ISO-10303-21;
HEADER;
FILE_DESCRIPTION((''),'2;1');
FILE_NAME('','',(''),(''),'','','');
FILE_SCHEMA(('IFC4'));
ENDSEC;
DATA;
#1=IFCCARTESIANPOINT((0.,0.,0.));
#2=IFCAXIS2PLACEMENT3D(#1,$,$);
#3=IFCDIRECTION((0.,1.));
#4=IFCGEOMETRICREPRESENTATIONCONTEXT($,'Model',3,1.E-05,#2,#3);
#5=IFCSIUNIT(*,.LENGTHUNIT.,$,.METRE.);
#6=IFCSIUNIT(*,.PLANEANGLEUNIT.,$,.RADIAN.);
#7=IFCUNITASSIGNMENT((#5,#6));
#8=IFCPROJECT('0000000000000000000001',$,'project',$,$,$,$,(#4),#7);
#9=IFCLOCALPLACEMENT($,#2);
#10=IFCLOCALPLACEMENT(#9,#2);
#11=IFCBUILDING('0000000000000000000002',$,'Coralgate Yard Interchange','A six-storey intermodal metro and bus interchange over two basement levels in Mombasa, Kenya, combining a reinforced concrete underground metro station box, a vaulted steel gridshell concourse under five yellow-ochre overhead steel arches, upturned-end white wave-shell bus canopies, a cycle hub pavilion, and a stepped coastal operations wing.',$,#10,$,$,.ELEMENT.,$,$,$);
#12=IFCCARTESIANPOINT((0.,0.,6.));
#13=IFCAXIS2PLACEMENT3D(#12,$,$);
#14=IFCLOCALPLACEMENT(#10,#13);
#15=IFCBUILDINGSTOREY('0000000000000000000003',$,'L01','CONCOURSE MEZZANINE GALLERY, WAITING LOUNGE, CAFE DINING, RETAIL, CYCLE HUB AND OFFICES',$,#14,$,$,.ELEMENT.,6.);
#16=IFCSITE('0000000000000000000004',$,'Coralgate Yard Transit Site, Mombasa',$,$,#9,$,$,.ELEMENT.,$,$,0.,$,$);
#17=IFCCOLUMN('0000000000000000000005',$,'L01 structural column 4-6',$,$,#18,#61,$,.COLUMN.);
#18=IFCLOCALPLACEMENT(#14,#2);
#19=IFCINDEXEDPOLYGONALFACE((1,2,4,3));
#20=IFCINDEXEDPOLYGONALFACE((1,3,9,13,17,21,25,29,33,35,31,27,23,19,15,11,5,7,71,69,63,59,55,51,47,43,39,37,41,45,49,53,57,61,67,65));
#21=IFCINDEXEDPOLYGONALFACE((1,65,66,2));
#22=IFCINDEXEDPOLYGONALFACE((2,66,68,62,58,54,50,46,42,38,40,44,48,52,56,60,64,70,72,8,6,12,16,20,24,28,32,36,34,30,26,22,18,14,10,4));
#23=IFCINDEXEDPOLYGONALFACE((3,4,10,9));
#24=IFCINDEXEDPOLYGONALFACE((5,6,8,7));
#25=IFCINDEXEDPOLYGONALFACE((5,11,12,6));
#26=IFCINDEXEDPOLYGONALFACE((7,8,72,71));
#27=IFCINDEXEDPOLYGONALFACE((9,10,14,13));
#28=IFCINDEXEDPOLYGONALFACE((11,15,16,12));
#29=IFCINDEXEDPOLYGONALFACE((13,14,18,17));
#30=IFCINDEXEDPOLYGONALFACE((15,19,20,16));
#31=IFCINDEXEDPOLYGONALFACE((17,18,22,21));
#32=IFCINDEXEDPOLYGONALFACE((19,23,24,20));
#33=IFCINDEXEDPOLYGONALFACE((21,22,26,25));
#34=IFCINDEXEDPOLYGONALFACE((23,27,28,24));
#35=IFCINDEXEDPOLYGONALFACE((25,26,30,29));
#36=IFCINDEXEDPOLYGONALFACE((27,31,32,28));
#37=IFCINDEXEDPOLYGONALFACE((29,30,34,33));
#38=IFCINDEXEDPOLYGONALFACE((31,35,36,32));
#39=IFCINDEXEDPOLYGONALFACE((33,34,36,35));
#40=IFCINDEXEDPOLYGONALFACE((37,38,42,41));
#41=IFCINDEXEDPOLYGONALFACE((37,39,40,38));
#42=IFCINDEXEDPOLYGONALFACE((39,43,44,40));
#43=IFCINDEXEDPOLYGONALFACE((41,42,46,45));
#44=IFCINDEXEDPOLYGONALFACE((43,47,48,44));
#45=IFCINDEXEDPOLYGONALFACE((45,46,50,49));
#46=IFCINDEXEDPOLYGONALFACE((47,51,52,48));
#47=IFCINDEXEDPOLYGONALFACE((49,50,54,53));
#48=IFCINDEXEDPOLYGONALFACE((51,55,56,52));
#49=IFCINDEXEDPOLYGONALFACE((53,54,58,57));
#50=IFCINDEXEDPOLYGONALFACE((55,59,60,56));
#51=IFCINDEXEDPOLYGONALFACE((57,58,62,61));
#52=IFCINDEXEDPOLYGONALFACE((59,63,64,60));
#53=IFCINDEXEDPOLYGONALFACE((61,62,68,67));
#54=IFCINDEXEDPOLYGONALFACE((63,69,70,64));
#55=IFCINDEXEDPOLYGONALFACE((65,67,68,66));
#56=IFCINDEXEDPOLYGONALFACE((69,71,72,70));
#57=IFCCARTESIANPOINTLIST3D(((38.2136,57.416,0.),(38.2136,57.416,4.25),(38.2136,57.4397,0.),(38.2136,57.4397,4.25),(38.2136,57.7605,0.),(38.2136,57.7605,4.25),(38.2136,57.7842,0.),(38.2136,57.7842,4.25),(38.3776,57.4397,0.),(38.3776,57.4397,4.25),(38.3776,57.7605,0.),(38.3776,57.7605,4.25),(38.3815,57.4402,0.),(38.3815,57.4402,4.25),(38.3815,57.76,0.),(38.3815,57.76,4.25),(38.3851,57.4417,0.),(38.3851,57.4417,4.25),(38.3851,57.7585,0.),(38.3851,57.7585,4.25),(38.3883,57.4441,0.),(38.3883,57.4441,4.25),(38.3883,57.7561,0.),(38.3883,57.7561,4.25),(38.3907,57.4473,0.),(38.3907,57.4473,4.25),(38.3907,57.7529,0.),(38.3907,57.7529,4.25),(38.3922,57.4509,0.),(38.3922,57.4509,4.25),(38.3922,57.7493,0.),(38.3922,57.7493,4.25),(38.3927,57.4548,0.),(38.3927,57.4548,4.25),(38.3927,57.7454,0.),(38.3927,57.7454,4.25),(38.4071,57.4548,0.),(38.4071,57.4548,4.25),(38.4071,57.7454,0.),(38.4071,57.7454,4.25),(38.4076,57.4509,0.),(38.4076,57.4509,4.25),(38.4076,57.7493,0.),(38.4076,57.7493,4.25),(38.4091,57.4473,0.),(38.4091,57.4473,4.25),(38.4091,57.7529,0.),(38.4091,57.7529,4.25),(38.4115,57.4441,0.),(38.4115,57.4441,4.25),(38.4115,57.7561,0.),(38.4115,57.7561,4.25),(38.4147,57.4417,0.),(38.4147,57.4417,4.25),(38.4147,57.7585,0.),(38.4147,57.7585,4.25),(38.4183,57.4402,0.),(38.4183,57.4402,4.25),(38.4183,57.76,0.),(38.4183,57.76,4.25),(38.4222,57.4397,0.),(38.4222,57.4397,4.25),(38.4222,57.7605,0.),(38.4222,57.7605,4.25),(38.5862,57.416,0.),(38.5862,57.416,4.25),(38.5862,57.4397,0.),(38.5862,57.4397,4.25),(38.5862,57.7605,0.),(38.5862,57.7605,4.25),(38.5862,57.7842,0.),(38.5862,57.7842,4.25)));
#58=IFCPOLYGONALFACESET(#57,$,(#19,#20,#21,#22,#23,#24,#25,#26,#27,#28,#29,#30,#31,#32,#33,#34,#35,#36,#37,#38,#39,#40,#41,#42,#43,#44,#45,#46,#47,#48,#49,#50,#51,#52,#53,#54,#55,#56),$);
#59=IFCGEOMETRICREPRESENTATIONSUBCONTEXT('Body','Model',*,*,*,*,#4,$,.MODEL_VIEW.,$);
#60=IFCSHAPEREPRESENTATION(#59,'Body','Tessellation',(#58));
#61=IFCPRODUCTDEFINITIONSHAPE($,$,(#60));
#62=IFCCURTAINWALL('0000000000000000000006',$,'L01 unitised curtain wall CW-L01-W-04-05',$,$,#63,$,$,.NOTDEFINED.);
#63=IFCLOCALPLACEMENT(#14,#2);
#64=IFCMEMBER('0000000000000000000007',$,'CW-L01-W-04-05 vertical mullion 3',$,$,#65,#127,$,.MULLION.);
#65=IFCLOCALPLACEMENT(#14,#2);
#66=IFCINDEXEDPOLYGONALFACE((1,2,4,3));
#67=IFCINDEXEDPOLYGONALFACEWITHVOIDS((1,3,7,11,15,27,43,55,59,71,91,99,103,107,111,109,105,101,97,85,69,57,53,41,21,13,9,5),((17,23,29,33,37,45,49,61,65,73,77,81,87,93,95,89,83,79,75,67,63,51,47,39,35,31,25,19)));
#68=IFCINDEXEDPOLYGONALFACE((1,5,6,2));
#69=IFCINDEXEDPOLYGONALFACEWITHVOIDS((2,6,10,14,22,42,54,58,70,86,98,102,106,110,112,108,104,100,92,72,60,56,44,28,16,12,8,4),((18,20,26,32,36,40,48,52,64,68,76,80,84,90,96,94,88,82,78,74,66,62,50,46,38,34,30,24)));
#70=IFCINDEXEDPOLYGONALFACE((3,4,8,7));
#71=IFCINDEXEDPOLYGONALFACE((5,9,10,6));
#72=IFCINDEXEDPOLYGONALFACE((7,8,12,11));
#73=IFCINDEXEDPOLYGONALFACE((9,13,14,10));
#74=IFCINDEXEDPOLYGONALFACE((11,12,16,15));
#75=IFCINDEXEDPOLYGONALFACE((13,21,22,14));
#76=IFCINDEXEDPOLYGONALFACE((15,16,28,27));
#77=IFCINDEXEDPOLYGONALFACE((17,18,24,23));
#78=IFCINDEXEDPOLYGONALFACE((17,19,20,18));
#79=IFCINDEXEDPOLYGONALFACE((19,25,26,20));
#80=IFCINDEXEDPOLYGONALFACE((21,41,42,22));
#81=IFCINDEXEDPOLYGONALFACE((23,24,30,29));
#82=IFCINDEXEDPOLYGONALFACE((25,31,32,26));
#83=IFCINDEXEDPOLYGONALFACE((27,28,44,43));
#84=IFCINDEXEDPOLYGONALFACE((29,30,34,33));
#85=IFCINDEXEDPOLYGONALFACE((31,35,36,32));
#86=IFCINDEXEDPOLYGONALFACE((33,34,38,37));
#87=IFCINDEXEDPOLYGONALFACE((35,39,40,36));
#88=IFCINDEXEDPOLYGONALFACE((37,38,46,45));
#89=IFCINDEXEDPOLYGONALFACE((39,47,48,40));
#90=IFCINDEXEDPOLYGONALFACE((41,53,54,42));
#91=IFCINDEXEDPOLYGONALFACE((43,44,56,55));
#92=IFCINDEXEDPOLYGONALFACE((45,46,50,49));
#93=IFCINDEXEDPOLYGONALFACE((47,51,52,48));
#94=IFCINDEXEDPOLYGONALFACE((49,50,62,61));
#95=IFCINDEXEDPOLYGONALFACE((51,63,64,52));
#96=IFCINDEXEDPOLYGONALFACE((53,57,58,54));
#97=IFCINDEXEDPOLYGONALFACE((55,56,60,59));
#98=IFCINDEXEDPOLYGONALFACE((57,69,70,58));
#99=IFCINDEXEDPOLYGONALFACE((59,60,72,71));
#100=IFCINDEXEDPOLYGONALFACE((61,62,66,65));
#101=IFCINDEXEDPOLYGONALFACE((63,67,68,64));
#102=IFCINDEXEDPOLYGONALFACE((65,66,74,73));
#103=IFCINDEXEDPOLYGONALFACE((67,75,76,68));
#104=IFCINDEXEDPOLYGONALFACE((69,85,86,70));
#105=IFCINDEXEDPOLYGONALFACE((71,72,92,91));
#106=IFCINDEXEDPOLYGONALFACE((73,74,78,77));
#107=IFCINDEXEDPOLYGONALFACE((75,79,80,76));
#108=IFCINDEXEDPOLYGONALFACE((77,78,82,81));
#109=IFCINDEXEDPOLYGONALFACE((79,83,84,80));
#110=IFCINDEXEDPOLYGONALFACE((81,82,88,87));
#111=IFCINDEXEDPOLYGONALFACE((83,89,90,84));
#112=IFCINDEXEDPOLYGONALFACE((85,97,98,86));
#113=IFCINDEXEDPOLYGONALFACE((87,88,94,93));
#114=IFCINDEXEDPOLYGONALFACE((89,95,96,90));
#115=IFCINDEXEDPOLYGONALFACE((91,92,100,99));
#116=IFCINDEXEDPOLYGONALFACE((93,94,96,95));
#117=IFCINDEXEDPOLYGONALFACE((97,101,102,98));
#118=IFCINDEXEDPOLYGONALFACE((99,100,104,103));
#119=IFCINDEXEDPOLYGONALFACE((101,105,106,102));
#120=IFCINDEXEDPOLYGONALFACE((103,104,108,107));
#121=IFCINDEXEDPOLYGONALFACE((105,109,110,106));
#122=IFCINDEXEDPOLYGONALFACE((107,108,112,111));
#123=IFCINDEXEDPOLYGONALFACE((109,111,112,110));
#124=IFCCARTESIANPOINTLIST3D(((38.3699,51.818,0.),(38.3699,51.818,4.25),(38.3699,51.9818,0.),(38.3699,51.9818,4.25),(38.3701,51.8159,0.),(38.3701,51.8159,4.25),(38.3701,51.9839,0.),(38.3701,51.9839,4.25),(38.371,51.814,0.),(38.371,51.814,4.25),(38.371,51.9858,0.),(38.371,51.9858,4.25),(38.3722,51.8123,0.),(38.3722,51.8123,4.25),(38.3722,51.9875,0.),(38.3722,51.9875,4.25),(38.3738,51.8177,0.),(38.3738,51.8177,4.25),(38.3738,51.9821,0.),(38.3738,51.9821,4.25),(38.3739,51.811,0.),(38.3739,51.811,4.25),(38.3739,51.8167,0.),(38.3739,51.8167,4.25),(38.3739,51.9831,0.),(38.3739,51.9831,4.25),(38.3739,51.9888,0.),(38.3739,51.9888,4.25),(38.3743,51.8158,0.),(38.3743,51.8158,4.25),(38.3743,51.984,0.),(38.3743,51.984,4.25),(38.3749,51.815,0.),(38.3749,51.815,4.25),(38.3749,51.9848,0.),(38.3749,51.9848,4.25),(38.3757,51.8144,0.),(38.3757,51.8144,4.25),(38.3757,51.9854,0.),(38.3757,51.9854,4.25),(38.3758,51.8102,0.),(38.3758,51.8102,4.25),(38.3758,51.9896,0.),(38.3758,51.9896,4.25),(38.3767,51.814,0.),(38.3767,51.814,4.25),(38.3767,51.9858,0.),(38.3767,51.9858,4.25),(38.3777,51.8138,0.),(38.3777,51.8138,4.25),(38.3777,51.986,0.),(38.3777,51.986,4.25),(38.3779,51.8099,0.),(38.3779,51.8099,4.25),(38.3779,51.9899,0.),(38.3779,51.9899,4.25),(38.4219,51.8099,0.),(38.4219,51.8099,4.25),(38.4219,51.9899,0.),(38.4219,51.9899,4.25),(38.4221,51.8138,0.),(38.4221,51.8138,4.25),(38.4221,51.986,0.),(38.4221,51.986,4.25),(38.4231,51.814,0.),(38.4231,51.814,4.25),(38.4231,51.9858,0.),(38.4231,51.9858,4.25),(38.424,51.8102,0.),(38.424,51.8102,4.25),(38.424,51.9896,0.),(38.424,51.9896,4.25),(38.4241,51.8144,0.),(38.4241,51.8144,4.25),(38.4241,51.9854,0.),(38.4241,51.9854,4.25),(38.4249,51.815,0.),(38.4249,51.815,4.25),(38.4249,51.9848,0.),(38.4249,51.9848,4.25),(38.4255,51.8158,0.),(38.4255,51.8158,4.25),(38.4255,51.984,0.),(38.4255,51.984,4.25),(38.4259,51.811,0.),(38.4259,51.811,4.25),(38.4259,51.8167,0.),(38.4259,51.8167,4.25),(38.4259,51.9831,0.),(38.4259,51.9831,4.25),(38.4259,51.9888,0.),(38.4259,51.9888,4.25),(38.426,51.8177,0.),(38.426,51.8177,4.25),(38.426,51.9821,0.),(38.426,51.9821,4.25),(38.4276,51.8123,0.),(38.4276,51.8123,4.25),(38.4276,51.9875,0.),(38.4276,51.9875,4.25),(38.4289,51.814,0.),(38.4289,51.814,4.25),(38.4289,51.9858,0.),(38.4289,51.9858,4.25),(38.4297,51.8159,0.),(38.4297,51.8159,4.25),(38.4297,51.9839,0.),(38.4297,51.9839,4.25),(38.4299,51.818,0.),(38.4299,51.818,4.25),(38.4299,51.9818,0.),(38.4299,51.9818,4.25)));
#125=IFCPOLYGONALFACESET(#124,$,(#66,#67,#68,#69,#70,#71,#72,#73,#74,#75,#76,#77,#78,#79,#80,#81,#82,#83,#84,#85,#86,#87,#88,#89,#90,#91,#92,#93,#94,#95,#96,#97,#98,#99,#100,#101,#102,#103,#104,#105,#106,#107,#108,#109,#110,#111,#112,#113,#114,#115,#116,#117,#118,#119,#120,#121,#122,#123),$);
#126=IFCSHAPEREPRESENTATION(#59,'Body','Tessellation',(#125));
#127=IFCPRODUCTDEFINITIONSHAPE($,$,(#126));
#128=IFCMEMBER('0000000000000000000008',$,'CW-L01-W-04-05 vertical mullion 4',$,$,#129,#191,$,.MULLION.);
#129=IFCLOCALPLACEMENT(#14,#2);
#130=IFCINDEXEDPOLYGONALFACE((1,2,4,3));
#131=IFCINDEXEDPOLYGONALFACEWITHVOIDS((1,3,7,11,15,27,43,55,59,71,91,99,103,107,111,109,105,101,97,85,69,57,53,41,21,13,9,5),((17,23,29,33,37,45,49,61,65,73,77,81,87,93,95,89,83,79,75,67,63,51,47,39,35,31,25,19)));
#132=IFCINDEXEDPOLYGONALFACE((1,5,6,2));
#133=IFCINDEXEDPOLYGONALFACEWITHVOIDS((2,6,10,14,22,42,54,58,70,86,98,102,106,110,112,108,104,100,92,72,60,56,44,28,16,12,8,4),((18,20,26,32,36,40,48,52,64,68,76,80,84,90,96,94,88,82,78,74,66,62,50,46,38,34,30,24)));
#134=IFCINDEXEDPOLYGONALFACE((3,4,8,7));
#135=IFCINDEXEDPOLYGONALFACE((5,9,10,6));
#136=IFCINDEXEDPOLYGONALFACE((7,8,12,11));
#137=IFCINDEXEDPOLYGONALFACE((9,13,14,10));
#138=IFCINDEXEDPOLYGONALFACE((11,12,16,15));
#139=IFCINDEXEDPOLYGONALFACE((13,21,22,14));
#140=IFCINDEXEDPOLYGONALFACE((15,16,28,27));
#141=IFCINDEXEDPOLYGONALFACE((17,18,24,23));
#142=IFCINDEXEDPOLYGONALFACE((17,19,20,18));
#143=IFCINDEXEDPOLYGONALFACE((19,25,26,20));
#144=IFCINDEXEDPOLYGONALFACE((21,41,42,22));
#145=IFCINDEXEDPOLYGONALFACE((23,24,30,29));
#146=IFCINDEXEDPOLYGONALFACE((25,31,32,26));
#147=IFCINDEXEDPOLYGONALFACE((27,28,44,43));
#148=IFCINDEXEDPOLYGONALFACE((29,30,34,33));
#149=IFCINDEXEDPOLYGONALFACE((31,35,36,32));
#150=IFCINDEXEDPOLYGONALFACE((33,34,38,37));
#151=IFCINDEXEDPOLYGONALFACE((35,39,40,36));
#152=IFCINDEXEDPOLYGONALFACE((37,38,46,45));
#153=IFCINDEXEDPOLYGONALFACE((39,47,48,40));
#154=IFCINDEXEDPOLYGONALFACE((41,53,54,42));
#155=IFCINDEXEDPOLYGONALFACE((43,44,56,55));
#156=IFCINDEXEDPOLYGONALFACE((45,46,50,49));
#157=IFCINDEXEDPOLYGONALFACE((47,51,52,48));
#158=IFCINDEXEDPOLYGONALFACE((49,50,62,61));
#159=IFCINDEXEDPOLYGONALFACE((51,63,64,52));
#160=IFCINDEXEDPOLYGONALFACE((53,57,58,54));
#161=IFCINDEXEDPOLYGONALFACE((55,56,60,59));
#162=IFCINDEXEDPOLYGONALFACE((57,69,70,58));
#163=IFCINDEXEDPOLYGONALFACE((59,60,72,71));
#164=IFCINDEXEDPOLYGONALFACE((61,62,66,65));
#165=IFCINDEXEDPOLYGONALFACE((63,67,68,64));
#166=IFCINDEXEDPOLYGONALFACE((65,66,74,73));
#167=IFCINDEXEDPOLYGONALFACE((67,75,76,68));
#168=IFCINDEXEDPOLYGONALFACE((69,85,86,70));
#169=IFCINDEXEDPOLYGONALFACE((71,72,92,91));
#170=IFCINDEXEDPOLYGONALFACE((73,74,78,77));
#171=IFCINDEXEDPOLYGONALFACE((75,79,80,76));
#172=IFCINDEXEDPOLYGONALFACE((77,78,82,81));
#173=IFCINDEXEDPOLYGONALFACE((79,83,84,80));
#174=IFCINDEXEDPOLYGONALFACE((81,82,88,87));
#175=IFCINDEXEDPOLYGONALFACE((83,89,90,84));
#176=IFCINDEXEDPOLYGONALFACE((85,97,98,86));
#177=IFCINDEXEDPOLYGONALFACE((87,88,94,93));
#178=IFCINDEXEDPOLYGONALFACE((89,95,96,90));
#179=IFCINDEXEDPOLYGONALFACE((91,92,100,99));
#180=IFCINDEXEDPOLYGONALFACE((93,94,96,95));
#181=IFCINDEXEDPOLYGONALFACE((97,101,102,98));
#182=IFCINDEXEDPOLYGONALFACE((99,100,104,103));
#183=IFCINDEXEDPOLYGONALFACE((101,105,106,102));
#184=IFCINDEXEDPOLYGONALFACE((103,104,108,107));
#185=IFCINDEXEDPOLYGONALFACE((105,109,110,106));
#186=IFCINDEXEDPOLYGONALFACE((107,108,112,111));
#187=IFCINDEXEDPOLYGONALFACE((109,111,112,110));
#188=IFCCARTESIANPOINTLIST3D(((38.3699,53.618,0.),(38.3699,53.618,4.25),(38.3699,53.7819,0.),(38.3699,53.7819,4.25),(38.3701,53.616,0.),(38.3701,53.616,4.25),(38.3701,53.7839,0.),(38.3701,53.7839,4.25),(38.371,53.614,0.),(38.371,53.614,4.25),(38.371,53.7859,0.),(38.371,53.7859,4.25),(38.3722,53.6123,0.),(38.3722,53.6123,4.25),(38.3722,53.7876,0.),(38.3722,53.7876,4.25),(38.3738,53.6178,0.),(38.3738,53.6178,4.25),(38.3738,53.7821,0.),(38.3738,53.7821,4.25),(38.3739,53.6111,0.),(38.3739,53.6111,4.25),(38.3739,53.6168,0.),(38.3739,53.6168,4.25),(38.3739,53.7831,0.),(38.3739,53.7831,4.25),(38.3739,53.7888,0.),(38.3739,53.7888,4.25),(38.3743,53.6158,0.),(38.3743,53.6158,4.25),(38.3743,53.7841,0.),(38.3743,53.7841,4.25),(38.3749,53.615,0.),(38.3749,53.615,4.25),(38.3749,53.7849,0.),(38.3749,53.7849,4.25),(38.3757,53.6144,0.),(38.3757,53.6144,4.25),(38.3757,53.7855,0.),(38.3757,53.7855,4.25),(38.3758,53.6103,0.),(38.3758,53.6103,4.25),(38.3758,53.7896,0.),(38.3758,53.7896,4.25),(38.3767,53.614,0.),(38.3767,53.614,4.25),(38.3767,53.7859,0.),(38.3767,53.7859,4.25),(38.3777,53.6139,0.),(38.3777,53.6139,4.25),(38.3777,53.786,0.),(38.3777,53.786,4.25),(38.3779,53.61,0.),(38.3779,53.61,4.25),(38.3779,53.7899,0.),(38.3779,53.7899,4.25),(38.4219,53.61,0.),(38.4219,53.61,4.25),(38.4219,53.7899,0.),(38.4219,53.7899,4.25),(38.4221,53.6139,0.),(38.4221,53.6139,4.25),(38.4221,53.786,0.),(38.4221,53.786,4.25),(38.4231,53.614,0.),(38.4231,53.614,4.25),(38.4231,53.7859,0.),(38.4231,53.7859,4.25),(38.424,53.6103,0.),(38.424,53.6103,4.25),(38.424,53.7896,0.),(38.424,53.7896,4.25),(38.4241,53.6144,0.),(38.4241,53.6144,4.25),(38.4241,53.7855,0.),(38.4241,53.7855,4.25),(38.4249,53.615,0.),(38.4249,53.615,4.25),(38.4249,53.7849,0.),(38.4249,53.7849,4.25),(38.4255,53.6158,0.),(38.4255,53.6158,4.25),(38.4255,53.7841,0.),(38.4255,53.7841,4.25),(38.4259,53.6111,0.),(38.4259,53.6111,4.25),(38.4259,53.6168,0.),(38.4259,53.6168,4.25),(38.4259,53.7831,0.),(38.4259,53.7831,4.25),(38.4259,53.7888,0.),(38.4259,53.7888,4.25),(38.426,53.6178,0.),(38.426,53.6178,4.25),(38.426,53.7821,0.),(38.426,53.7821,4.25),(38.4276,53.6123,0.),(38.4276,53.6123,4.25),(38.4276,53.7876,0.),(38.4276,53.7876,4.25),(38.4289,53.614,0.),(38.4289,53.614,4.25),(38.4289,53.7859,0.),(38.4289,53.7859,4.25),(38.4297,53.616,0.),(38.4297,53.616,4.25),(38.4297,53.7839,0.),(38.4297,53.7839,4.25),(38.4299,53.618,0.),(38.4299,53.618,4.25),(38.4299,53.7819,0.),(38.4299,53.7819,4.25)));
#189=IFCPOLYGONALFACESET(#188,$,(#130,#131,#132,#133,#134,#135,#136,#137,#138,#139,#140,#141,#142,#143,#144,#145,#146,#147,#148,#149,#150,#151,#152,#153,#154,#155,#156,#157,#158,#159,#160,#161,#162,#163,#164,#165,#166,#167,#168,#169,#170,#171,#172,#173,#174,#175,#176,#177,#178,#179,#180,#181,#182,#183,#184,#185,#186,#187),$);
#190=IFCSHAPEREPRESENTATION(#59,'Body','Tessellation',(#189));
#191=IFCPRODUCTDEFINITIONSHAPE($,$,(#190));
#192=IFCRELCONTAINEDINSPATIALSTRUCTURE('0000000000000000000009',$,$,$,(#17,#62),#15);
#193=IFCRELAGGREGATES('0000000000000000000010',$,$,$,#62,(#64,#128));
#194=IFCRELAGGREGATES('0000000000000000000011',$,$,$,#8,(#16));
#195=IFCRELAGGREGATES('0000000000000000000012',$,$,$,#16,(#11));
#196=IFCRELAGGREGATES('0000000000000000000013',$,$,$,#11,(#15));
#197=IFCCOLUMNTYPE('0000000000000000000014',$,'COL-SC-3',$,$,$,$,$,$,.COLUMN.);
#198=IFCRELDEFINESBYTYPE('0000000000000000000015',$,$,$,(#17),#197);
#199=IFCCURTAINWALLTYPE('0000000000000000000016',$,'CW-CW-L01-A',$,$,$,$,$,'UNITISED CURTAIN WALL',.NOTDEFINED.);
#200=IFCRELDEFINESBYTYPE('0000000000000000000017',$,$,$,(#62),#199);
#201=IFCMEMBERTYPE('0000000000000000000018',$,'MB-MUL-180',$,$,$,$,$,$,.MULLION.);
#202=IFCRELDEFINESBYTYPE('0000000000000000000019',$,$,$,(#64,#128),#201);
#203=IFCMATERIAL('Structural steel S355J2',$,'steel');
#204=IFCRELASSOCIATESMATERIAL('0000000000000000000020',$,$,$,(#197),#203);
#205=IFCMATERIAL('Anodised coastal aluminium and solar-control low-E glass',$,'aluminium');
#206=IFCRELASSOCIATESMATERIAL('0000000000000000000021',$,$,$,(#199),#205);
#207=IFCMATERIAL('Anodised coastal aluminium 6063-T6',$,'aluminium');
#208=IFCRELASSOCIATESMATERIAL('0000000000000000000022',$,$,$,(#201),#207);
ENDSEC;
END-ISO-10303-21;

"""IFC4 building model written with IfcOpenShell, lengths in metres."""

from ifc_helpers import new_model, si_unit, direction, frame, origin, origin_2d, place, context, subcontext, project, spatial, hollow_rectangle, i_section, extrude, material, material_profile, profile_set, type_object, element, aggregate, save


model = new_model("IFC4")

# Units and contexts
model_context = context("Model", 3, precision=1e-05, world=origin(), true_north=direction((0.0, 1.0)))
body_context = subcontext(model_context, "Body", "Model", "MODEL_VIEW")
ifc_project = project(units=[si_unit("LENGTHUNIT", "METRE"), si_unit("PLANEANGLEUNIT", "RADIAN")], contexts=[model_context])

# Site, building, storey
site_placement = place(None, origin())
site = spatial("IfcSite", under=ifc_project, at=site_placement, Name="Coralgate Yard Transit Site, Mombasa", CompositionType="ELEMENT", RefElevation=0.0)
building_placement = place(site_placement, origin())
building = spatial("IfcBuilding", under=site, at=building_placement, Name="Coralgate Yard Interchange", Description="A six-storey intermodal metro and bus interchange over two basement levels in Mombasa, Kenya, combining a reinforced concrete underground metro station box, a vaulted steel gridshell concourse under five yellow-ochre overhead steel arches, upturned-end white wave-shell bus canopies, a cycle hub pavilion, and a stepped coastal operations wing.", CompositionType="ELEMENT")
storey_placement = place(building_placement, frame((0.0, 0.0, 6.0)))
storey = spatial("IfcBuildingStorey", under=building, at=storey_placement, Name="L01", Description="CONCOURSE MEZZANINE GALLERY, WAITING LOUNGE, CAFE DINING, RETAIL, CYCLE HUB AND OFFICES", CompositionType="ELEMENT", Elevation=6.0)

# Column
ifc_material_1 = material(Name="Structural steel S355J2", Category="steel")
ifc_material_profile_1 = material_profile(ifc_material_1, i_section(OverallWidth=0.3726, OverallDepth=0.3682, WebThickness=0.0144, FlangeThickness=0.0237, FilletRadius=0.0151, at=origin_2d()), Name="UC 356x368x177")
ifc_profile_set_1 = profile_set([ifc_material_profile_1], Name="Structural steel S355J2")
column_type = type_object("IfcColumnType", Name="COL-SC-3", PredefinedType="COLUMN", material=ifc_profile_set_1)
column_placement = place(storey_placement, frame((38.3999, 57.6001, 0.0), z_axis=(0.0, 0.0, 1.0), x_axis=(1.0, 0.0, 0.0)))
element("IfcColumn", 1, at=column_placement, inside=storey, type_object=column_type, Name="L01 structural column 4-6", PredefinedType="COLUMN", context=body_context, shape_type="SweptSolid", body=[
    extrude(i_section(OverallWidth=0.3726, OverallDepth=0.3682, WebThickness=0.0144, FlangeThickness=0.0237, FilletRadius=0.0151, at=origin_2d()), origin(), (0.0, 0.0, 1.0), 4.25),
])

# Curtain wall, members
ifc_material_2 = material(Name="Anodised coastal aluminium and solar-control low-E glass", Category="aluminium")
curtain_wall_type_1 = type_object("IfcCurtainWallType", Name="CW-CW-L01-A", ElementType="UNITISED CURTAIN WALL", PredefinedType="NOTDEFINED", material=ifc_material_2)
curtain_wall_1_placement = place(storey_placement, origin())
curtain_wall_1 = element("IfcCurtainWall", 2, at=curtain_wall_1_placement, inside=storey, type_object=curtain_wall_type_1, Name="L01 unitised curtain wall CW-L01-W-04-05", PredefinedType="NOTDEFINED")
ifc_material_3 = material(Name="Anodised coastal aluminium 6063-T6", Category="aluminium")
ifc_material_profile_2 = material_profile(ifc_material_3, hollow_rectangle(XDim=0.0601, YDim=0.1799, WallThickness=0.0039, InnerFilletRadius=0.0039, OuterFilletRadius=0.0081, at=origin_2d()), Name="ALU 60x180x4")
ifc_profile_set_2 = profile_set([ifc_material_profile_2], Name="Anodised coastal aluminium 6063-T6")
member_type_1 = type_object("IfcMemberType", Name="MB-MUL-180", PredefinedType="MULLION", material=ifc_profile_set_2)
member_1_placement = place(storey_placement, frame((38.3999, 51.8999, 0.0), z_axis=(0.0, 0.0, 1.0), x_axis=(1.0, 0.0, 0.0)))
member_1 = element("IfcMember", 3, at=member_1_placement, type_object=member_type_1, Name="CW-L01-W-04-05 vertical mullion 3", PredefinedType="MULLION", context=body_context, shape_type="SweptSolid", body=[
    extrude(hollow_rectangle(XDim=0.0601, YDim=0.1799, WallThickness=0.0039, InnerFilletRadius=0.0039, OuterFilletRadius=0.0081, at=origin_2d()), origin(), (0.0, 0.0, 1.0), 4.25),
])
member_2_placement = place(storey_placement, frame((38.3999, 53.7, 0.0), z_axis=(0.0, 0.0, 1.0), x_axis=(1.0, 0.0, 0.0)))
member_2 = element("IfcMember", 4, at=member_2_placement, type_object=member_type_1, Name="CW-L01-W-04-05 vertical mullion 4", PredefinedType="MULLION", context=body_context, shape_type="SweptSolid", body=[
    extrude(hollow_rectangle(XDim=0.0601, YDim=0.1799, WallThickness=0.0039, InnerFilletRadius=0.0039, OuterFilletRadius=0.0081, at=origin_2d()), origin(), (0.0, 0.0, 1.0), 4.25),
])

aggregate(curtain_wall_1, [member_1, member_2])

save(model, "model.ifc")
